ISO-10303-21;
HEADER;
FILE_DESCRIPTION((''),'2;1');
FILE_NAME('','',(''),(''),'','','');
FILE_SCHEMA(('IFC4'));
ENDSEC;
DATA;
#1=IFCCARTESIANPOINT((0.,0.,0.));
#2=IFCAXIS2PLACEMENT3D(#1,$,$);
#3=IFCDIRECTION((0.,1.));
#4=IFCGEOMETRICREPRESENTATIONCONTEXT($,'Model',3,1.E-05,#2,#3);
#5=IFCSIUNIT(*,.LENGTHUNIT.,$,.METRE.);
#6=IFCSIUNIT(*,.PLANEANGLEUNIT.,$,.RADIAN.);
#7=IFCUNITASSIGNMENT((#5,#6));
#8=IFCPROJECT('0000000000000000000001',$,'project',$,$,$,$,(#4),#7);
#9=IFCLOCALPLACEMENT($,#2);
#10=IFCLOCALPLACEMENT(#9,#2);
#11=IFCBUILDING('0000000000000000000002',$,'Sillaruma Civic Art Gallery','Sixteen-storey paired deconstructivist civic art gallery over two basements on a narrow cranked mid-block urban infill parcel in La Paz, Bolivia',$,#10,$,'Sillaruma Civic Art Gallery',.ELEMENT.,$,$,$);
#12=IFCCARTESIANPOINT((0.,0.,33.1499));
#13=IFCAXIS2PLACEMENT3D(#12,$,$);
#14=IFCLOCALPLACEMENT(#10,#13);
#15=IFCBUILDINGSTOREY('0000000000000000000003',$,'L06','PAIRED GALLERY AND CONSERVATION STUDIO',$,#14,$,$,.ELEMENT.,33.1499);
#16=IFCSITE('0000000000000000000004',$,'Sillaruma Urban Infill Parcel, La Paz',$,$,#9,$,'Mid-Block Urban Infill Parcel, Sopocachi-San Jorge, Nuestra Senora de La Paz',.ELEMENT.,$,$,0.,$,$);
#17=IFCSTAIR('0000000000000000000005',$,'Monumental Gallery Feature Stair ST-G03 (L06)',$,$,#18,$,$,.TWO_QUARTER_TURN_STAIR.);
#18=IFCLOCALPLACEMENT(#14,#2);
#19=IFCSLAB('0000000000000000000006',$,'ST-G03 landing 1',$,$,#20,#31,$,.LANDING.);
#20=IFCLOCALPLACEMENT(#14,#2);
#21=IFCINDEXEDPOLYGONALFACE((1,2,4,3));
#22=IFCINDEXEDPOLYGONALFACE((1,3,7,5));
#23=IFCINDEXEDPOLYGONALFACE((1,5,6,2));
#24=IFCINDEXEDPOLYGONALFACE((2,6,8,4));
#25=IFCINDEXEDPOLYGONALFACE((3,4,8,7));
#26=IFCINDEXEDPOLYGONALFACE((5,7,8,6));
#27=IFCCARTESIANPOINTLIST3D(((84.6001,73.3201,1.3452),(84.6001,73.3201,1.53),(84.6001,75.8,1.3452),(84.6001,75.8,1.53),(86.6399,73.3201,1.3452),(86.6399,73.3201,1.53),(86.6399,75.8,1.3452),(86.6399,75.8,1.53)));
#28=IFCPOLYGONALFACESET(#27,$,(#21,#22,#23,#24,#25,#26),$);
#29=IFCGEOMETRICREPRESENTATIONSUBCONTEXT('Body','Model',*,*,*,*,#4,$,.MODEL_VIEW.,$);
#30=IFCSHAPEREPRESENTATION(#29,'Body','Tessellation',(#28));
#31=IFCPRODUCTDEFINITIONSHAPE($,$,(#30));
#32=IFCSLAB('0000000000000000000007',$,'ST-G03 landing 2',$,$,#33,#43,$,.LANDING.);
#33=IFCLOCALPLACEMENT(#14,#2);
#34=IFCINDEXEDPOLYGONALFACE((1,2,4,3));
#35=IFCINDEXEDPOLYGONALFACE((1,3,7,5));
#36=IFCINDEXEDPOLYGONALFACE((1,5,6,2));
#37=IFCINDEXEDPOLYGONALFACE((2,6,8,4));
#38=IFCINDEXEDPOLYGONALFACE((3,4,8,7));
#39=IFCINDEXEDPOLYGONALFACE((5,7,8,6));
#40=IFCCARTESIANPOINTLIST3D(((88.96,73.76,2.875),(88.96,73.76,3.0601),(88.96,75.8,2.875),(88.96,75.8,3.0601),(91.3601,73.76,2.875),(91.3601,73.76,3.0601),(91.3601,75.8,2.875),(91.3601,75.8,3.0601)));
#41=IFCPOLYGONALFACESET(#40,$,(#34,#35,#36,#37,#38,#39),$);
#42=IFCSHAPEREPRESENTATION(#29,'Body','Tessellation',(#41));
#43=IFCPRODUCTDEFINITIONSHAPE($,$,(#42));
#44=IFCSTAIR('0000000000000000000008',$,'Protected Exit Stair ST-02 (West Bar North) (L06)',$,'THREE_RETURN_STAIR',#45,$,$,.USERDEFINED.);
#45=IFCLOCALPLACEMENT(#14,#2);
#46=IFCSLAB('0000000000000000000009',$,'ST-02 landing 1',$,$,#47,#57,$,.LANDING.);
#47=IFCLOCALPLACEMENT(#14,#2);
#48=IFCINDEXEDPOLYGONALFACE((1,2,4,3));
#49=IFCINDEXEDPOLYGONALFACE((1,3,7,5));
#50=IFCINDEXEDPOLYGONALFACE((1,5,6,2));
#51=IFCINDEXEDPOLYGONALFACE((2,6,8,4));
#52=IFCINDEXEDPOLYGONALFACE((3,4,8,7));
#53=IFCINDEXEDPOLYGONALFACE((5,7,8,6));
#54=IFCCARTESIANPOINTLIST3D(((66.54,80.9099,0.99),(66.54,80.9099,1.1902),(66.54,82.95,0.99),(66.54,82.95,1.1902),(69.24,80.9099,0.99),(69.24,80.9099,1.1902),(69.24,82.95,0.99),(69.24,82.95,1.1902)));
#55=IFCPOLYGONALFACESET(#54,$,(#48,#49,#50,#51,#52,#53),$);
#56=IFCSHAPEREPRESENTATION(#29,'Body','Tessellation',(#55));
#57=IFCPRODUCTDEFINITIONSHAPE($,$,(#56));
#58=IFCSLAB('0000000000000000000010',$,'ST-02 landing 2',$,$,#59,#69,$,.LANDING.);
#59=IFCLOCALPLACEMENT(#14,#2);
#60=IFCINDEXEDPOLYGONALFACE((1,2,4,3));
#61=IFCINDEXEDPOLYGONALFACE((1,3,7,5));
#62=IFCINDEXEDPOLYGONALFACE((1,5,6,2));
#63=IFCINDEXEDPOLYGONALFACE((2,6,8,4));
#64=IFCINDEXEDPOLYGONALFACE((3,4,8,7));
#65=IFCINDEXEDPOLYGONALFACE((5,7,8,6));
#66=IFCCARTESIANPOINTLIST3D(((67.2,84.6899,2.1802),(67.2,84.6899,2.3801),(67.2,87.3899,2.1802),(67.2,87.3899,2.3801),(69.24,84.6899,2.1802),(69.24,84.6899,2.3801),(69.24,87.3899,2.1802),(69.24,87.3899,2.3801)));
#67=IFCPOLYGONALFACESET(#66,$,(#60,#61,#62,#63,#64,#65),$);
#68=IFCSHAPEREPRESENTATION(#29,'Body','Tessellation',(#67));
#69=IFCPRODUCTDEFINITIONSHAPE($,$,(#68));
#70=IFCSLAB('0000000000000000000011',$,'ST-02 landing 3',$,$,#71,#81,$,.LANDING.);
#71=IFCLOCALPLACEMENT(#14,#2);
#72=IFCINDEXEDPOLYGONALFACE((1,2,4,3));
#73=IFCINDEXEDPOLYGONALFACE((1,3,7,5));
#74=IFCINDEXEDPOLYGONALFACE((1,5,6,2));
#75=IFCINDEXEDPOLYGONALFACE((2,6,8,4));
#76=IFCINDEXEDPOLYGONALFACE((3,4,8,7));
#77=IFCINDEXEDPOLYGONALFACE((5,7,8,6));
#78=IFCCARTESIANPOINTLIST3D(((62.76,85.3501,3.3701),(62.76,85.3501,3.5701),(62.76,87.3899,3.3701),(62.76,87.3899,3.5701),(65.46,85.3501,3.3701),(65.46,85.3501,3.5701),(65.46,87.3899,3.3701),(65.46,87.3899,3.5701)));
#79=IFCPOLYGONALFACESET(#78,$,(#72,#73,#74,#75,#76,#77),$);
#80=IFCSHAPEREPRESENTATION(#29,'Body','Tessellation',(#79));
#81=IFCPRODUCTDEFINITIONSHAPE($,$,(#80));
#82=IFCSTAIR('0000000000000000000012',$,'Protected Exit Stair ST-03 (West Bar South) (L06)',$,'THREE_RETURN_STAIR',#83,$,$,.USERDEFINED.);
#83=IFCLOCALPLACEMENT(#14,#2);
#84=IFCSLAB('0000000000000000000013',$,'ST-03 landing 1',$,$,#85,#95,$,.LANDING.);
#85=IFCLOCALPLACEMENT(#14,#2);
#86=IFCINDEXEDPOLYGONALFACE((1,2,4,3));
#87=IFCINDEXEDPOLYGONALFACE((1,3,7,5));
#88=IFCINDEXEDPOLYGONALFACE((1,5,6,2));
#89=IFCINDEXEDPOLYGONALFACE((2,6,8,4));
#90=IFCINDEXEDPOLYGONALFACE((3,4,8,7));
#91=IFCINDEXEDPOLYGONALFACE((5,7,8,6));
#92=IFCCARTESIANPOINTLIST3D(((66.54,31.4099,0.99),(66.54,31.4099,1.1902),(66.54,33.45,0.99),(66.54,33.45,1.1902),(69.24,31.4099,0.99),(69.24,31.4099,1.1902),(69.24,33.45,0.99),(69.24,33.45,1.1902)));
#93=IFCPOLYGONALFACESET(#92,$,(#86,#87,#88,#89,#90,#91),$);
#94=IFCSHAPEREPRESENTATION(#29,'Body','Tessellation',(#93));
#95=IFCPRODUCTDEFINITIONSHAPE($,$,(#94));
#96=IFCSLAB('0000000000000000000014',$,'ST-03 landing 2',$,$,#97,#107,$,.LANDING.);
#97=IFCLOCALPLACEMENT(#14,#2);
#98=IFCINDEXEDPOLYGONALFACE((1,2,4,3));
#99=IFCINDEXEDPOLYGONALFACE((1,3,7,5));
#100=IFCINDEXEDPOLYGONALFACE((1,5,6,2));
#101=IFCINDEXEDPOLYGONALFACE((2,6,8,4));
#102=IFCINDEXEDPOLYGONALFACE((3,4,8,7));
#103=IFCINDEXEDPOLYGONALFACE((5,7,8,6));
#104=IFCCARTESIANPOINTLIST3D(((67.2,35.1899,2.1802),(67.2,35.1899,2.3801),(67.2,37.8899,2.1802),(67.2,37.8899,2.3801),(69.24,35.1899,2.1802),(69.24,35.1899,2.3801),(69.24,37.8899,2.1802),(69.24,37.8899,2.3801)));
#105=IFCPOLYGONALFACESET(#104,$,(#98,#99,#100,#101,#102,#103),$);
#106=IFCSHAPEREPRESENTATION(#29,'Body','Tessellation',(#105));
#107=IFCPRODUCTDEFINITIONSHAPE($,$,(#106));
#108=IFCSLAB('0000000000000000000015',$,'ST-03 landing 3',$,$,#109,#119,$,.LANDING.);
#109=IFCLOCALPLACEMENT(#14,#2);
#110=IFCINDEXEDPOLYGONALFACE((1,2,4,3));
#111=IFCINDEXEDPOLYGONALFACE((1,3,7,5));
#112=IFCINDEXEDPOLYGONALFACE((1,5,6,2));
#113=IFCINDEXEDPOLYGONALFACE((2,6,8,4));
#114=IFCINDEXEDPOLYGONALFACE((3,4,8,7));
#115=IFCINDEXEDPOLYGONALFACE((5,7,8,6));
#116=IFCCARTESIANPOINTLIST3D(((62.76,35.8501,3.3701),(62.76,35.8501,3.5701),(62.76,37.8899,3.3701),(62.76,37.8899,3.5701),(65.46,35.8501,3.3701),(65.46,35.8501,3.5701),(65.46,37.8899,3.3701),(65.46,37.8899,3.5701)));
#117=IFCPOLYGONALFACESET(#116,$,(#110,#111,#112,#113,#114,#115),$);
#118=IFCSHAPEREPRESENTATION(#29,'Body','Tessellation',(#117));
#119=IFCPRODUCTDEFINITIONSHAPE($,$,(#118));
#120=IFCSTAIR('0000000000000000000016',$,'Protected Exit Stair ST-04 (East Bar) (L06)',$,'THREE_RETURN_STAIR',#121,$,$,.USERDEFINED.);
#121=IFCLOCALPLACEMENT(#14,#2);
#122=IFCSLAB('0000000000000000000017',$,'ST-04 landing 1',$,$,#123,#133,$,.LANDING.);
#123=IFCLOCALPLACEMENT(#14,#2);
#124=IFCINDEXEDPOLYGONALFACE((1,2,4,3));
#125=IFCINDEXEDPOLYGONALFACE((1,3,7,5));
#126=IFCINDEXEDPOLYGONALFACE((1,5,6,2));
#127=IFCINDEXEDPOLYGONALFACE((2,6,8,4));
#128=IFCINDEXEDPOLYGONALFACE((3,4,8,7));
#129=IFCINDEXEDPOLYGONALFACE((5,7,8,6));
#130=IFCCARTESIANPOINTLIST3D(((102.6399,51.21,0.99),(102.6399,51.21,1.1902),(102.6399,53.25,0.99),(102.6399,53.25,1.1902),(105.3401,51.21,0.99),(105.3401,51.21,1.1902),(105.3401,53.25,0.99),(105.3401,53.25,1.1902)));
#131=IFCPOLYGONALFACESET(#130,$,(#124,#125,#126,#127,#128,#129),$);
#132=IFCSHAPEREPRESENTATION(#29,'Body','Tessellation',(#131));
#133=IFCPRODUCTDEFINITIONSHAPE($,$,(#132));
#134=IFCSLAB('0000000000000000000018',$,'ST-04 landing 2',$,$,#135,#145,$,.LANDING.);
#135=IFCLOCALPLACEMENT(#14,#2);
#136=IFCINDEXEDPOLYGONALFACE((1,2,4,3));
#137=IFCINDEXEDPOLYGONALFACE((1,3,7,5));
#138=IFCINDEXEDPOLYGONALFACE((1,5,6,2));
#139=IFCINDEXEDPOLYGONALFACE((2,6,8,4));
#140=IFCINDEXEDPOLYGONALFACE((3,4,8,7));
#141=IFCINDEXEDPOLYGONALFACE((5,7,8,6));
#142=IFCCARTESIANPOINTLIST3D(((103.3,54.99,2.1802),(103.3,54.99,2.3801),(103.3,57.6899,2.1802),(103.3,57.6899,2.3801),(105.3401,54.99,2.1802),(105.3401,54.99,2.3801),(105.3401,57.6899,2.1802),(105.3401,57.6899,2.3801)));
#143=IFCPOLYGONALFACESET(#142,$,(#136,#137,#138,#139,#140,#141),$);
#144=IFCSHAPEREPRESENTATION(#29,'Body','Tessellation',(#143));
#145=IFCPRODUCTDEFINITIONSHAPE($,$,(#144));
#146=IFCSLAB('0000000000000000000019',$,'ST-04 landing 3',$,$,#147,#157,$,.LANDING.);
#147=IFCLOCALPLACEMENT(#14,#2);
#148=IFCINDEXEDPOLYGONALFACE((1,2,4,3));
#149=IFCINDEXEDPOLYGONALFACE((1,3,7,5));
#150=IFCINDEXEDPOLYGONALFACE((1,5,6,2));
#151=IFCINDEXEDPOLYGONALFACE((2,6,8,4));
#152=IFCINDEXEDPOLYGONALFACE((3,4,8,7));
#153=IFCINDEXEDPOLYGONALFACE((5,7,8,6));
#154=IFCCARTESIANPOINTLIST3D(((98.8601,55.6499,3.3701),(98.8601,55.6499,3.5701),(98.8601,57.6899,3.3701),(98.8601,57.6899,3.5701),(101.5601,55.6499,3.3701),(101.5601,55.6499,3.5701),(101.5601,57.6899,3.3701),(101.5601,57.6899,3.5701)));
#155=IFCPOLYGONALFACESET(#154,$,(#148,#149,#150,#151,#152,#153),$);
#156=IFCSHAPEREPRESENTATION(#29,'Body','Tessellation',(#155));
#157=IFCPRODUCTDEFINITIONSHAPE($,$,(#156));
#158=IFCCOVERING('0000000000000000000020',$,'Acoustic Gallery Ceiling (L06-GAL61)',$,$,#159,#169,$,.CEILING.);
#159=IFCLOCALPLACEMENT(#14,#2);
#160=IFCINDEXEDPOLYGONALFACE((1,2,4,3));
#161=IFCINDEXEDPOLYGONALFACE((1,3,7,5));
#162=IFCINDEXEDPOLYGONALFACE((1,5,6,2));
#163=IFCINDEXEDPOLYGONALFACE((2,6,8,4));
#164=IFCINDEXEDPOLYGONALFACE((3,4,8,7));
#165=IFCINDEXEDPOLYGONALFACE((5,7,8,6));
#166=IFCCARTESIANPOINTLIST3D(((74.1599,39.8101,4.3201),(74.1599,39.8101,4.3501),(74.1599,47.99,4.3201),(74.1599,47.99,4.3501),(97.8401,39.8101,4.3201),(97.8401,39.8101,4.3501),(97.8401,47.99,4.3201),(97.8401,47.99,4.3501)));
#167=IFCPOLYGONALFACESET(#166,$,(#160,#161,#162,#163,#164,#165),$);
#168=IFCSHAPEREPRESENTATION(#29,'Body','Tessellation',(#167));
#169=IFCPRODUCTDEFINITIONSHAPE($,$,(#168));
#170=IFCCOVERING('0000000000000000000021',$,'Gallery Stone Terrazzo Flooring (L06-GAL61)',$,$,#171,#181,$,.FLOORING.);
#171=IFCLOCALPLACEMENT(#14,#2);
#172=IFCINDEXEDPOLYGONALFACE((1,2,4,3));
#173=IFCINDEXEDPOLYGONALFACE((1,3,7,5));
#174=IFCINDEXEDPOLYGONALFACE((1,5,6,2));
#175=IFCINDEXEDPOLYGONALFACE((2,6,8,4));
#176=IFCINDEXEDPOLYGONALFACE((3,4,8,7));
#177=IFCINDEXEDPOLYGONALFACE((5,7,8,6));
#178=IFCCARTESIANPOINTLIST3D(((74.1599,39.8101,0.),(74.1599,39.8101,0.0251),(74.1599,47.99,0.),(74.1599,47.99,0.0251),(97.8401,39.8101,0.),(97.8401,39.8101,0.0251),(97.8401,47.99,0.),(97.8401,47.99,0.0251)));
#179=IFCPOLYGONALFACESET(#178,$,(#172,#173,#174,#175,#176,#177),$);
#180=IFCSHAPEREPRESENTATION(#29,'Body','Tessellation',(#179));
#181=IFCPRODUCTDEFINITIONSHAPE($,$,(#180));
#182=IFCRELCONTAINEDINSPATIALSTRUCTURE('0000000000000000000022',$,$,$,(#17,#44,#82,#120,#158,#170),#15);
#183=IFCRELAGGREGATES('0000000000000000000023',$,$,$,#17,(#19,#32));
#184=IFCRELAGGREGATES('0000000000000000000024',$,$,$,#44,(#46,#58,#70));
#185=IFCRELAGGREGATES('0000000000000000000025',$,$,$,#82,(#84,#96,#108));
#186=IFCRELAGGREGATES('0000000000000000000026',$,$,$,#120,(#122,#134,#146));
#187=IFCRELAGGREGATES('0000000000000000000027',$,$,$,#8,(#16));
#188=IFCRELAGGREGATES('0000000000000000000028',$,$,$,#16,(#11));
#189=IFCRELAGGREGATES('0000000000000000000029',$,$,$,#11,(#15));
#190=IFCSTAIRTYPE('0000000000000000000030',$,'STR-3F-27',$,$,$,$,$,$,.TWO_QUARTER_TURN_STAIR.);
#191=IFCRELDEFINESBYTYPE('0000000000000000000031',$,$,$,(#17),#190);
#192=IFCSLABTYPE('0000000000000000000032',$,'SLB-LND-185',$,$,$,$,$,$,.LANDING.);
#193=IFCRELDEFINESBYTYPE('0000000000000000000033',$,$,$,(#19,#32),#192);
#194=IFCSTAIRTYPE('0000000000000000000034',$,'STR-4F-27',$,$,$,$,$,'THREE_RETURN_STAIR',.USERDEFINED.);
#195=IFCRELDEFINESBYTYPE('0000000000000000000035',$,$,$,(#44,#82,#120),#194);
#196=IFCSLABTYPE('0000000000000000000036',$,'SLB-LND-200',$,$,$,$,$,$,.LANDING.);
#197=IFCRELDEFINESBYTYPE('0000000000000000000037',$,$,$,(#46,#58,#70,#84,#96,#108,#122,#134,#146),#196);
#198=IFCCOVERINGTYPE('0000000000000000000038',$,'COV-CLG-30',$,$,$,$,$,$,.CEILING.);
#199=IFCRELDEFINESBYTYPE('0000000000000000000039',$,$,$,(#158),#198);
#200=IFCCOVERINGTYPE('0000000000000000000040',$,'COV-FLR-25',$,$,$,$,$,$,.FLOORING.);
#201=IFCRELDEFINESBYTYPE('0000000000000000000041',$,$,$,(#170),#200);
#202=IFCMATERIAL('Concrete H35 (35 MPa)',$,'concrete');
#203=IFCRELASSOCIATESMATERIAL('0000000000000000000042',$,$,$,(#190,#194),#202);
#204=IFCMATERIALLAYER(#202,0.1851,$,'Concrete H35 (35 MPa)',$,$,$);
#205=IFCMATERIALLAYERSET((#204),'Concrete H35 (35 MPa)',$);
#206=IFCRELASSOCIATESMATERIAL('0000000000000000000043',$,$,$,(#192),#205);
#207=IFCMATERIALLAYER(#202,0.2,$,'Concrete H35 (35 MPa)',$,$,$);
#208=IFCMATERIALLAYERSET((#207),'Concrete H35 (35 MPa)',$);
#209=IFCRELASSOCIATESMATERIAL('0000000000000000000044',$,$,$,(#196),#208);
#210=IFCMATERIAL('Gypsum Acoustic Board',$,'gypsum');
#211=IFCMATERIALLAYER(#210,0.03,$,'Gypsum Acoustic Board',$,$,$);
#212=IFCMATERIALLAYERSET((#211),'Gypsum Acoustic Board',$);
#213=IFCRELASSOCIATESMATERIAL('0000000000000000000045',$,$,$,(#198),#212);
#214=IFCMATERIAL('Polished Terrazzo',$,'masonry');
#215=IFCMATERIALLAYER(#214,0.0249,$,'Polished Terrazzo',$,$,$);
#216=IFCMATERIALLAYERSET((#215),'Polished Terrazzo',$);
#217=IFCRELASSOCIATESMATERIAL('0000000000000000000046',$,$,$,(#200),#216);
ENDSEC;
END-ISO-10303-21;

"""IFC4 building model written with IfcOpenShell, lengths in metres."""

from ifc_helpers import new_model, si_unit, direction, frame, origin, place, context, subcontext, project, spatial, polyline, outline, extrude, material, layer, layer_set, type_object, element, aggregate, save


model = new_model("IFC4")

# Units and contexts
model_context = context("Model", 3, precision=1e-05, world=origin(), true_north=direction((0.0, 1.0)))
body_context = subcontext(model_context, "Body", "Model", "MODEL_VIEW")
ifc_project = project(units=[si_unit("LENGTHUNIT", "METRE"), si_unit("PLANEANGLEUNIT", "RADIAN")], contexts=[model_context])

# Site, building, storey
site_placement = place(None, origin())
site = spatial("IfcSite", under=ifc_project, at=site_placement, Name="Sillaruma Urban Infill Parcel, La Paz", LongName="Mid-Block Urban Infill Parcel, Sopocachi-San Jorge, Nuestra Senora de La Paz", CompositionType="ELEMENT", RefElevation=0.0)
building_placement = place(site_placement, origin())
building = spatial("IfcBuilding", under=site, at=building_placement, Name="Sillaruma Civic Art Gallery", Description="Sixteen-storey paired deconstructivist civic art gallery over two basements on a narrow cranked mid-block urban infill parcel in La Paz, Bolivia", LongName="Sillaruma Civic Art Gallery", CompositionType="ELEMENT")
storey_placement = place(building_placement, frame((0.0, 0.0, 33.1499)))
storey = spatial("IfcBuildingStorey", under=building, at=storey_placement, Name="L06", Description="PAIRED GALLERY AND CONSERVATION STUDIO", CompositionType="ELEMENT", Elevation=33.1499)

# Shared definitions
ifc_material_1 = material(Name="Concrete H35 (35 MPa)", Category="concrete")

# Stairs, slabs
stair_type_1 = type_object("IfcStairType", Name="STR-3F-27", PredefinedType="TWO_QUARTER_TURN_STAIR", material=ifc_material_1)
stair_1_placement = place(storey_placement, origin())
stair_1 = element("IfcStair", 1, at=stair_1_placement, inside=storey, type_object=stair_type_1, Name="Monumental Gallery Feature Stair ST-G03 (L06)", PredefinedType="TWO_QUARTER_TURN_STAIR")
ifc_layer_1 = layer(ifc_material_1, 0.1851, Name="Concrete H35 (35 MPa)")
ifc_layer_set_1 = layer_set([ifc_layer_1], Name="Concrete H35 (35 MPa)")
slab_type_1 = type_object("IfcSlabType", Name="SLB-LND-185", PredefinedType="LANDING", material=ifc_layer_set_1)
slab_1_placement = place(storey_placement, frame((0.0, 0.0, 1.3452)))
slab_1 = element("IfcSlab", 2, at=slab_1_placement, type_object=slab_type_1, Name="ST-G03 landing 1", PredefinedType="LANDING", context=body_context, shape_type="SweptSolid", body=[
    extrude(outline(polyline([(84.6001, 73.3201), (86.6399, 73.3201), (86.6399, 75.8), (84.6001, 75.8), (84.6001, 73.3201)])), origin(), (0.0, 0.0, 1.0), 0.1848),
])
slab_2_placement = place(storey_placement, frame((0.0, 0.0, 2.875)))
slab_2 = element("IfcSlab", 3, at=slab_2_placement, type_object=slab_type_1, Name="ST-G03 landing 2", PredefinedType="LANDING", context=body_context, shape_type="SweptSolid", body=[
    extrude(outline(polyline([(88.96, 73.76), (91.3601, 73.76), (91.3601, 75.8), (88.96, 75.8), (88.96, 73.76)])), origin(), (0.0, 0.0, 1.0), 0.1851),
])
aggregate(stair_1, [slab_1, slab_2])
stair_type_2 = type_object("IfcStairType", Name="STR-4F-27", ElementType="THREE_RETURN_STAIR", PredefinedType="USERDEFINED", material=ifc_material_1)
stair_2_placement = place(storey_placement, origin())
stair_2 = element("IfcStair", 4, at=stair_2_placement, inside=storey, type_object=stair_type_2, Name="Protected Exit Stair ST-02 (West Bar North) (L06)", ObjectType="THREE_RETURN_STAIR", PredefinedType="USERDEFINED")
ifc_layer_2 = layer(ifc_material_1, 0.2, Name="Concrete H35 (35 MPa)")
ifc_layer_set_2 = layer_set([ifc_layer_2], Name="Concrete H35 (35 MPa)")
slab_type_2 = type_object("IfcSlabType", Name="SLB-LND-200", PredefinedType="LANDING", material=ifc_layer_set_2)
slab_3_placement = place(storey_placement, frame((0.0, 0.0, 0.99)))
slab_3 = element("IfcSlab", 5, at=slab_3_placement, type_object=slab_type_2, Name="ST-02 landing 1", PredefinedType="LANDING", context=body_context, shape_type="SweptSolid", body=[
    extrude(outline(polyline([(66.54, 80.9099), (69.24, 80.9099), (69.24, 82.95), (66.54, 82.95), (66.54, 80.9099)])), origin(), (0.0, 0.0, 1.0), 0.2002),
])
slab_4_placement = place(storey_placement, frame((0.0, 0.0, 2.1802)))
slab_4 = element("IfcSlab", 6, at=slab_4_placement, type_object=slab_type_2, Name="ST-02 landing 2", PredefinedType="LANDING", context=body_context, shape_type="SweptSolid", body=[
    extrude(outline(polyline([(67.2, 84.6899), (69.24, 84.6899), (69.24, 87.3899), (67.2, 87.3899), (67.2, 84.6899)])), origin(), (0.0, 0.0, 1.0), 0.2),
])
slab_5_placement = place(storey_placement, frame((0.0, 0.0, 3.3701)))
slab_5 = element("IfcSlab", 7, at=slab_5_placement, type_object=slab_type_2, Name="ST-02 landing 3", PredefinedType="LANDING", context=body_context, shape_type="SweptSolid", body=[
    extrude(outline(polyline([(62.76, 85.3501), (65.46, 85.3501), (65.46, 87.3899), (62.76, 87.3899), (62.76, 85.3501)])), origin(), (0.0, 0.0, 1.0), 0.2),
])
aggregate(stair_2, [slab_3, slab_4, slab_5])
stair_3_placement = place(storey_placement, origin())
stair_3 = element("IfcStair", 8, at=stair_3_placement, inside=storey, type_object=stair_type_2, Name="Protected Exit Stair ST-03 (West Bar South) (L06)", ObjectType="THREE_RETURN_STAIR", PredefinedType="USERDEFINED")
slab_6_placement = place(storey_placement, frame((0.0, 0.0, 0.99)))
slab_6 = element("IfcSlab", 9, at=slab_6_placement, type_object=slab_type_2, Name="ST-03 landing 1", PredefinedType="LANDING", context=body_context, shape_type="SweptSolid", body=[
    extrude(outline(polyline([(66.54, 31.4099), (69.24, 31.4099), (69.24, 33.45), (66.54, 33.45), (66.54, 31.4099)])), origin(), (0.0, 0.0, 1.0), 0.2002),
])
slab_7_placement = place(storey_placement, frame((0.0, 0.0, 2.1802)))
slab_7 = element("IfcSlab", 10, at=slab_7_placement, type_object=slab_type_2, Name="ST-03 landing 2", PredefinedType="LANDING", context=body_context, shape_type="SweptSolid", body=[
    extrude(outline(polyline([(67.2, 35.1899), (69.24, 35.1899), (69.24, 37.8899), (67.2, 37.8899), (67.2, 35.1899)])), origin(), (0.0, 0.0, 1.0), 0.2),
])
slab_8_placement = place(storey_placement, frame((0.0, 0.0, 3.3701)))
slab_8 = element("IfcSlab", 11, at=slab_8_placement, type_object=slab_type_2, Name="ST-03 landing 3", PredefinedType="LANDING", context=body_context, shape_type="SweptSolid", body=[
    extrude(outline(polyline([(62.76, 35.8501), (65.46, 35.8501), (65.46, 37.8899), (62.76, 37.8899), (62.76, 35.8501)])), origin(), (0.0, 0.0, 1.0), 0.2),
])
aggregate(stair_3, [slab_6, slab_7, slab_8])
stair_4_placement = place(storey_placement, origin())
stair_4 = element("IfcStair", 12, at=stair_4_placement, inside=storey, type_object=stair_type_2, Name="Protected Exit Stair ST-04 (East Bar) (L06)", ObjectType="THREE_RETURN_STAIR", PredefinedType="USERDEFINED")
slab_9_placement = place(storey_placement, frame((0.0, 0.0, 0.99)))
slab_9 = element("IfcSlab", 13, at=slab_9_placement, type_object=slab_type_2, Name="ST-04 landing 1", PredefinedType="LANDING", context=body_context, shape_type="SweptSolid", body=[
    extrude(outline(polyline([(102.6399, 51.21), (105.3401, 51.21), (105.3401, 53.25), (102.6399, 53.25), (102.6399, 51.21)])), origin(), (0.0, 0.0, 1.0), 0.2002),
])
slab_10_placement = place(storey_placement, frame((0.0, 0.0, 2.1802)))
slab_10 = element("IfcSlab", 14, at=slab_10_placement, type_object=slab_type_2, Name="ST-04 landing 2", PredefinedType="LANDING", context=body_context, shape_type="SweptSolid", body=[
    extrude(outline(polyline([(103.3, 54.99), (105.3401, 54.99), (105.3401, 57.6899), (103.3, 57.6899), (103.3, 54.99)])), origin(), (0.0, 0.0, 1.0), 0.2),
])
slab_11_placement = place(storey_placement, frame((0.0, 0.0, 3.3701)))
slab_11 = element("IfcSlab", 15, at=slab_11_placement, type_object=slab_type_2, Name="ST-04 landing 3", PredefinedType="LANDING", context=body_context, shape_type="SweptSolid", body=[
    extrude(outline(polyline([(98.8601, 55.6499), (101.5601, 55.6499), (101.5601, 57.6899), (98.8601, 57.6899), (98.8601, 55.6499)])), origin(), (0.0, 0.0, 1.0), 0.2),
])
aggregate(stair_4, [slab_9, slab_10, slab_11])

# Coverings
ifc_material_2 = material(Name="Gypsum Acoustic Board", Category="gypsum")
ifc_layer_3 = layer(ifc_material_2, 0.03, Name="Gypsum Acoustic Board")
ifc_layer_set_3 = layer_set([ifc_layer_3], Name="Gypsum Acoustic Board")
covering_type_1 = type_object("IfcCoveringType", Name="COV-CLG-30", PredefinedType="CEILING", material=ifc_layer_set_3)
covering_1_placement = place(storey_placement, frame((0.0, 0.0, 4.3201)))
element("IfcCovering", 16, at=covering_1_placement, inside=storey, type_object=covering_type_1, Name="Acoustic Gallery Ceiling (L06-GAL61)", PredefinedType="CEILING", context=body_context, shape_type="SweptSolid", body=[
    extrude(outline(polyline([(74.1599, 39.8101), (97.8401, 39.8101), (97.8401, 47.99), (74.1599, 47.99), (74.1599, 39.8101)])), origin(), (0.0, 0.0, 1.0), 0.03),
])
ifc_material_3 = material(Name="Polished Terrazzo", Category="masonry")
ifc_layer_4 = layer(ifc_material_3, 0.0249, Name="Polished Terrazzo")
ifc_layer_set_4 = layer_set([ifc_layer_4], Name="Polished Terrazzo")
covering_type_2 = type_object("IfcCoveringType", Name="COV-FLR-25", PredefinedType="FLOORING", material=ifc_layer_set_4)
covering_2_placement = place(storey_placement, origin())
element("IfcCovering", 17, at=covering_2_placement, inside=storey, type_object=covering_type_2, Name="Gallery Stone Terrazzo Flooring (L06-GAL61)", PredefinedType="FLOORING", context=body_context, shape_type="SweptSolid", body=[
    extrude(outline(polyline([(74.1599, 39.8101), (97.8401, 39.8101), (97.8401, 47.99), (74.1599, 47.99), (74.1599, 39.8101)])), origin(), (0.0, 0.0, 1.0), 0.0251),
])

save(model, "model.ifc")
